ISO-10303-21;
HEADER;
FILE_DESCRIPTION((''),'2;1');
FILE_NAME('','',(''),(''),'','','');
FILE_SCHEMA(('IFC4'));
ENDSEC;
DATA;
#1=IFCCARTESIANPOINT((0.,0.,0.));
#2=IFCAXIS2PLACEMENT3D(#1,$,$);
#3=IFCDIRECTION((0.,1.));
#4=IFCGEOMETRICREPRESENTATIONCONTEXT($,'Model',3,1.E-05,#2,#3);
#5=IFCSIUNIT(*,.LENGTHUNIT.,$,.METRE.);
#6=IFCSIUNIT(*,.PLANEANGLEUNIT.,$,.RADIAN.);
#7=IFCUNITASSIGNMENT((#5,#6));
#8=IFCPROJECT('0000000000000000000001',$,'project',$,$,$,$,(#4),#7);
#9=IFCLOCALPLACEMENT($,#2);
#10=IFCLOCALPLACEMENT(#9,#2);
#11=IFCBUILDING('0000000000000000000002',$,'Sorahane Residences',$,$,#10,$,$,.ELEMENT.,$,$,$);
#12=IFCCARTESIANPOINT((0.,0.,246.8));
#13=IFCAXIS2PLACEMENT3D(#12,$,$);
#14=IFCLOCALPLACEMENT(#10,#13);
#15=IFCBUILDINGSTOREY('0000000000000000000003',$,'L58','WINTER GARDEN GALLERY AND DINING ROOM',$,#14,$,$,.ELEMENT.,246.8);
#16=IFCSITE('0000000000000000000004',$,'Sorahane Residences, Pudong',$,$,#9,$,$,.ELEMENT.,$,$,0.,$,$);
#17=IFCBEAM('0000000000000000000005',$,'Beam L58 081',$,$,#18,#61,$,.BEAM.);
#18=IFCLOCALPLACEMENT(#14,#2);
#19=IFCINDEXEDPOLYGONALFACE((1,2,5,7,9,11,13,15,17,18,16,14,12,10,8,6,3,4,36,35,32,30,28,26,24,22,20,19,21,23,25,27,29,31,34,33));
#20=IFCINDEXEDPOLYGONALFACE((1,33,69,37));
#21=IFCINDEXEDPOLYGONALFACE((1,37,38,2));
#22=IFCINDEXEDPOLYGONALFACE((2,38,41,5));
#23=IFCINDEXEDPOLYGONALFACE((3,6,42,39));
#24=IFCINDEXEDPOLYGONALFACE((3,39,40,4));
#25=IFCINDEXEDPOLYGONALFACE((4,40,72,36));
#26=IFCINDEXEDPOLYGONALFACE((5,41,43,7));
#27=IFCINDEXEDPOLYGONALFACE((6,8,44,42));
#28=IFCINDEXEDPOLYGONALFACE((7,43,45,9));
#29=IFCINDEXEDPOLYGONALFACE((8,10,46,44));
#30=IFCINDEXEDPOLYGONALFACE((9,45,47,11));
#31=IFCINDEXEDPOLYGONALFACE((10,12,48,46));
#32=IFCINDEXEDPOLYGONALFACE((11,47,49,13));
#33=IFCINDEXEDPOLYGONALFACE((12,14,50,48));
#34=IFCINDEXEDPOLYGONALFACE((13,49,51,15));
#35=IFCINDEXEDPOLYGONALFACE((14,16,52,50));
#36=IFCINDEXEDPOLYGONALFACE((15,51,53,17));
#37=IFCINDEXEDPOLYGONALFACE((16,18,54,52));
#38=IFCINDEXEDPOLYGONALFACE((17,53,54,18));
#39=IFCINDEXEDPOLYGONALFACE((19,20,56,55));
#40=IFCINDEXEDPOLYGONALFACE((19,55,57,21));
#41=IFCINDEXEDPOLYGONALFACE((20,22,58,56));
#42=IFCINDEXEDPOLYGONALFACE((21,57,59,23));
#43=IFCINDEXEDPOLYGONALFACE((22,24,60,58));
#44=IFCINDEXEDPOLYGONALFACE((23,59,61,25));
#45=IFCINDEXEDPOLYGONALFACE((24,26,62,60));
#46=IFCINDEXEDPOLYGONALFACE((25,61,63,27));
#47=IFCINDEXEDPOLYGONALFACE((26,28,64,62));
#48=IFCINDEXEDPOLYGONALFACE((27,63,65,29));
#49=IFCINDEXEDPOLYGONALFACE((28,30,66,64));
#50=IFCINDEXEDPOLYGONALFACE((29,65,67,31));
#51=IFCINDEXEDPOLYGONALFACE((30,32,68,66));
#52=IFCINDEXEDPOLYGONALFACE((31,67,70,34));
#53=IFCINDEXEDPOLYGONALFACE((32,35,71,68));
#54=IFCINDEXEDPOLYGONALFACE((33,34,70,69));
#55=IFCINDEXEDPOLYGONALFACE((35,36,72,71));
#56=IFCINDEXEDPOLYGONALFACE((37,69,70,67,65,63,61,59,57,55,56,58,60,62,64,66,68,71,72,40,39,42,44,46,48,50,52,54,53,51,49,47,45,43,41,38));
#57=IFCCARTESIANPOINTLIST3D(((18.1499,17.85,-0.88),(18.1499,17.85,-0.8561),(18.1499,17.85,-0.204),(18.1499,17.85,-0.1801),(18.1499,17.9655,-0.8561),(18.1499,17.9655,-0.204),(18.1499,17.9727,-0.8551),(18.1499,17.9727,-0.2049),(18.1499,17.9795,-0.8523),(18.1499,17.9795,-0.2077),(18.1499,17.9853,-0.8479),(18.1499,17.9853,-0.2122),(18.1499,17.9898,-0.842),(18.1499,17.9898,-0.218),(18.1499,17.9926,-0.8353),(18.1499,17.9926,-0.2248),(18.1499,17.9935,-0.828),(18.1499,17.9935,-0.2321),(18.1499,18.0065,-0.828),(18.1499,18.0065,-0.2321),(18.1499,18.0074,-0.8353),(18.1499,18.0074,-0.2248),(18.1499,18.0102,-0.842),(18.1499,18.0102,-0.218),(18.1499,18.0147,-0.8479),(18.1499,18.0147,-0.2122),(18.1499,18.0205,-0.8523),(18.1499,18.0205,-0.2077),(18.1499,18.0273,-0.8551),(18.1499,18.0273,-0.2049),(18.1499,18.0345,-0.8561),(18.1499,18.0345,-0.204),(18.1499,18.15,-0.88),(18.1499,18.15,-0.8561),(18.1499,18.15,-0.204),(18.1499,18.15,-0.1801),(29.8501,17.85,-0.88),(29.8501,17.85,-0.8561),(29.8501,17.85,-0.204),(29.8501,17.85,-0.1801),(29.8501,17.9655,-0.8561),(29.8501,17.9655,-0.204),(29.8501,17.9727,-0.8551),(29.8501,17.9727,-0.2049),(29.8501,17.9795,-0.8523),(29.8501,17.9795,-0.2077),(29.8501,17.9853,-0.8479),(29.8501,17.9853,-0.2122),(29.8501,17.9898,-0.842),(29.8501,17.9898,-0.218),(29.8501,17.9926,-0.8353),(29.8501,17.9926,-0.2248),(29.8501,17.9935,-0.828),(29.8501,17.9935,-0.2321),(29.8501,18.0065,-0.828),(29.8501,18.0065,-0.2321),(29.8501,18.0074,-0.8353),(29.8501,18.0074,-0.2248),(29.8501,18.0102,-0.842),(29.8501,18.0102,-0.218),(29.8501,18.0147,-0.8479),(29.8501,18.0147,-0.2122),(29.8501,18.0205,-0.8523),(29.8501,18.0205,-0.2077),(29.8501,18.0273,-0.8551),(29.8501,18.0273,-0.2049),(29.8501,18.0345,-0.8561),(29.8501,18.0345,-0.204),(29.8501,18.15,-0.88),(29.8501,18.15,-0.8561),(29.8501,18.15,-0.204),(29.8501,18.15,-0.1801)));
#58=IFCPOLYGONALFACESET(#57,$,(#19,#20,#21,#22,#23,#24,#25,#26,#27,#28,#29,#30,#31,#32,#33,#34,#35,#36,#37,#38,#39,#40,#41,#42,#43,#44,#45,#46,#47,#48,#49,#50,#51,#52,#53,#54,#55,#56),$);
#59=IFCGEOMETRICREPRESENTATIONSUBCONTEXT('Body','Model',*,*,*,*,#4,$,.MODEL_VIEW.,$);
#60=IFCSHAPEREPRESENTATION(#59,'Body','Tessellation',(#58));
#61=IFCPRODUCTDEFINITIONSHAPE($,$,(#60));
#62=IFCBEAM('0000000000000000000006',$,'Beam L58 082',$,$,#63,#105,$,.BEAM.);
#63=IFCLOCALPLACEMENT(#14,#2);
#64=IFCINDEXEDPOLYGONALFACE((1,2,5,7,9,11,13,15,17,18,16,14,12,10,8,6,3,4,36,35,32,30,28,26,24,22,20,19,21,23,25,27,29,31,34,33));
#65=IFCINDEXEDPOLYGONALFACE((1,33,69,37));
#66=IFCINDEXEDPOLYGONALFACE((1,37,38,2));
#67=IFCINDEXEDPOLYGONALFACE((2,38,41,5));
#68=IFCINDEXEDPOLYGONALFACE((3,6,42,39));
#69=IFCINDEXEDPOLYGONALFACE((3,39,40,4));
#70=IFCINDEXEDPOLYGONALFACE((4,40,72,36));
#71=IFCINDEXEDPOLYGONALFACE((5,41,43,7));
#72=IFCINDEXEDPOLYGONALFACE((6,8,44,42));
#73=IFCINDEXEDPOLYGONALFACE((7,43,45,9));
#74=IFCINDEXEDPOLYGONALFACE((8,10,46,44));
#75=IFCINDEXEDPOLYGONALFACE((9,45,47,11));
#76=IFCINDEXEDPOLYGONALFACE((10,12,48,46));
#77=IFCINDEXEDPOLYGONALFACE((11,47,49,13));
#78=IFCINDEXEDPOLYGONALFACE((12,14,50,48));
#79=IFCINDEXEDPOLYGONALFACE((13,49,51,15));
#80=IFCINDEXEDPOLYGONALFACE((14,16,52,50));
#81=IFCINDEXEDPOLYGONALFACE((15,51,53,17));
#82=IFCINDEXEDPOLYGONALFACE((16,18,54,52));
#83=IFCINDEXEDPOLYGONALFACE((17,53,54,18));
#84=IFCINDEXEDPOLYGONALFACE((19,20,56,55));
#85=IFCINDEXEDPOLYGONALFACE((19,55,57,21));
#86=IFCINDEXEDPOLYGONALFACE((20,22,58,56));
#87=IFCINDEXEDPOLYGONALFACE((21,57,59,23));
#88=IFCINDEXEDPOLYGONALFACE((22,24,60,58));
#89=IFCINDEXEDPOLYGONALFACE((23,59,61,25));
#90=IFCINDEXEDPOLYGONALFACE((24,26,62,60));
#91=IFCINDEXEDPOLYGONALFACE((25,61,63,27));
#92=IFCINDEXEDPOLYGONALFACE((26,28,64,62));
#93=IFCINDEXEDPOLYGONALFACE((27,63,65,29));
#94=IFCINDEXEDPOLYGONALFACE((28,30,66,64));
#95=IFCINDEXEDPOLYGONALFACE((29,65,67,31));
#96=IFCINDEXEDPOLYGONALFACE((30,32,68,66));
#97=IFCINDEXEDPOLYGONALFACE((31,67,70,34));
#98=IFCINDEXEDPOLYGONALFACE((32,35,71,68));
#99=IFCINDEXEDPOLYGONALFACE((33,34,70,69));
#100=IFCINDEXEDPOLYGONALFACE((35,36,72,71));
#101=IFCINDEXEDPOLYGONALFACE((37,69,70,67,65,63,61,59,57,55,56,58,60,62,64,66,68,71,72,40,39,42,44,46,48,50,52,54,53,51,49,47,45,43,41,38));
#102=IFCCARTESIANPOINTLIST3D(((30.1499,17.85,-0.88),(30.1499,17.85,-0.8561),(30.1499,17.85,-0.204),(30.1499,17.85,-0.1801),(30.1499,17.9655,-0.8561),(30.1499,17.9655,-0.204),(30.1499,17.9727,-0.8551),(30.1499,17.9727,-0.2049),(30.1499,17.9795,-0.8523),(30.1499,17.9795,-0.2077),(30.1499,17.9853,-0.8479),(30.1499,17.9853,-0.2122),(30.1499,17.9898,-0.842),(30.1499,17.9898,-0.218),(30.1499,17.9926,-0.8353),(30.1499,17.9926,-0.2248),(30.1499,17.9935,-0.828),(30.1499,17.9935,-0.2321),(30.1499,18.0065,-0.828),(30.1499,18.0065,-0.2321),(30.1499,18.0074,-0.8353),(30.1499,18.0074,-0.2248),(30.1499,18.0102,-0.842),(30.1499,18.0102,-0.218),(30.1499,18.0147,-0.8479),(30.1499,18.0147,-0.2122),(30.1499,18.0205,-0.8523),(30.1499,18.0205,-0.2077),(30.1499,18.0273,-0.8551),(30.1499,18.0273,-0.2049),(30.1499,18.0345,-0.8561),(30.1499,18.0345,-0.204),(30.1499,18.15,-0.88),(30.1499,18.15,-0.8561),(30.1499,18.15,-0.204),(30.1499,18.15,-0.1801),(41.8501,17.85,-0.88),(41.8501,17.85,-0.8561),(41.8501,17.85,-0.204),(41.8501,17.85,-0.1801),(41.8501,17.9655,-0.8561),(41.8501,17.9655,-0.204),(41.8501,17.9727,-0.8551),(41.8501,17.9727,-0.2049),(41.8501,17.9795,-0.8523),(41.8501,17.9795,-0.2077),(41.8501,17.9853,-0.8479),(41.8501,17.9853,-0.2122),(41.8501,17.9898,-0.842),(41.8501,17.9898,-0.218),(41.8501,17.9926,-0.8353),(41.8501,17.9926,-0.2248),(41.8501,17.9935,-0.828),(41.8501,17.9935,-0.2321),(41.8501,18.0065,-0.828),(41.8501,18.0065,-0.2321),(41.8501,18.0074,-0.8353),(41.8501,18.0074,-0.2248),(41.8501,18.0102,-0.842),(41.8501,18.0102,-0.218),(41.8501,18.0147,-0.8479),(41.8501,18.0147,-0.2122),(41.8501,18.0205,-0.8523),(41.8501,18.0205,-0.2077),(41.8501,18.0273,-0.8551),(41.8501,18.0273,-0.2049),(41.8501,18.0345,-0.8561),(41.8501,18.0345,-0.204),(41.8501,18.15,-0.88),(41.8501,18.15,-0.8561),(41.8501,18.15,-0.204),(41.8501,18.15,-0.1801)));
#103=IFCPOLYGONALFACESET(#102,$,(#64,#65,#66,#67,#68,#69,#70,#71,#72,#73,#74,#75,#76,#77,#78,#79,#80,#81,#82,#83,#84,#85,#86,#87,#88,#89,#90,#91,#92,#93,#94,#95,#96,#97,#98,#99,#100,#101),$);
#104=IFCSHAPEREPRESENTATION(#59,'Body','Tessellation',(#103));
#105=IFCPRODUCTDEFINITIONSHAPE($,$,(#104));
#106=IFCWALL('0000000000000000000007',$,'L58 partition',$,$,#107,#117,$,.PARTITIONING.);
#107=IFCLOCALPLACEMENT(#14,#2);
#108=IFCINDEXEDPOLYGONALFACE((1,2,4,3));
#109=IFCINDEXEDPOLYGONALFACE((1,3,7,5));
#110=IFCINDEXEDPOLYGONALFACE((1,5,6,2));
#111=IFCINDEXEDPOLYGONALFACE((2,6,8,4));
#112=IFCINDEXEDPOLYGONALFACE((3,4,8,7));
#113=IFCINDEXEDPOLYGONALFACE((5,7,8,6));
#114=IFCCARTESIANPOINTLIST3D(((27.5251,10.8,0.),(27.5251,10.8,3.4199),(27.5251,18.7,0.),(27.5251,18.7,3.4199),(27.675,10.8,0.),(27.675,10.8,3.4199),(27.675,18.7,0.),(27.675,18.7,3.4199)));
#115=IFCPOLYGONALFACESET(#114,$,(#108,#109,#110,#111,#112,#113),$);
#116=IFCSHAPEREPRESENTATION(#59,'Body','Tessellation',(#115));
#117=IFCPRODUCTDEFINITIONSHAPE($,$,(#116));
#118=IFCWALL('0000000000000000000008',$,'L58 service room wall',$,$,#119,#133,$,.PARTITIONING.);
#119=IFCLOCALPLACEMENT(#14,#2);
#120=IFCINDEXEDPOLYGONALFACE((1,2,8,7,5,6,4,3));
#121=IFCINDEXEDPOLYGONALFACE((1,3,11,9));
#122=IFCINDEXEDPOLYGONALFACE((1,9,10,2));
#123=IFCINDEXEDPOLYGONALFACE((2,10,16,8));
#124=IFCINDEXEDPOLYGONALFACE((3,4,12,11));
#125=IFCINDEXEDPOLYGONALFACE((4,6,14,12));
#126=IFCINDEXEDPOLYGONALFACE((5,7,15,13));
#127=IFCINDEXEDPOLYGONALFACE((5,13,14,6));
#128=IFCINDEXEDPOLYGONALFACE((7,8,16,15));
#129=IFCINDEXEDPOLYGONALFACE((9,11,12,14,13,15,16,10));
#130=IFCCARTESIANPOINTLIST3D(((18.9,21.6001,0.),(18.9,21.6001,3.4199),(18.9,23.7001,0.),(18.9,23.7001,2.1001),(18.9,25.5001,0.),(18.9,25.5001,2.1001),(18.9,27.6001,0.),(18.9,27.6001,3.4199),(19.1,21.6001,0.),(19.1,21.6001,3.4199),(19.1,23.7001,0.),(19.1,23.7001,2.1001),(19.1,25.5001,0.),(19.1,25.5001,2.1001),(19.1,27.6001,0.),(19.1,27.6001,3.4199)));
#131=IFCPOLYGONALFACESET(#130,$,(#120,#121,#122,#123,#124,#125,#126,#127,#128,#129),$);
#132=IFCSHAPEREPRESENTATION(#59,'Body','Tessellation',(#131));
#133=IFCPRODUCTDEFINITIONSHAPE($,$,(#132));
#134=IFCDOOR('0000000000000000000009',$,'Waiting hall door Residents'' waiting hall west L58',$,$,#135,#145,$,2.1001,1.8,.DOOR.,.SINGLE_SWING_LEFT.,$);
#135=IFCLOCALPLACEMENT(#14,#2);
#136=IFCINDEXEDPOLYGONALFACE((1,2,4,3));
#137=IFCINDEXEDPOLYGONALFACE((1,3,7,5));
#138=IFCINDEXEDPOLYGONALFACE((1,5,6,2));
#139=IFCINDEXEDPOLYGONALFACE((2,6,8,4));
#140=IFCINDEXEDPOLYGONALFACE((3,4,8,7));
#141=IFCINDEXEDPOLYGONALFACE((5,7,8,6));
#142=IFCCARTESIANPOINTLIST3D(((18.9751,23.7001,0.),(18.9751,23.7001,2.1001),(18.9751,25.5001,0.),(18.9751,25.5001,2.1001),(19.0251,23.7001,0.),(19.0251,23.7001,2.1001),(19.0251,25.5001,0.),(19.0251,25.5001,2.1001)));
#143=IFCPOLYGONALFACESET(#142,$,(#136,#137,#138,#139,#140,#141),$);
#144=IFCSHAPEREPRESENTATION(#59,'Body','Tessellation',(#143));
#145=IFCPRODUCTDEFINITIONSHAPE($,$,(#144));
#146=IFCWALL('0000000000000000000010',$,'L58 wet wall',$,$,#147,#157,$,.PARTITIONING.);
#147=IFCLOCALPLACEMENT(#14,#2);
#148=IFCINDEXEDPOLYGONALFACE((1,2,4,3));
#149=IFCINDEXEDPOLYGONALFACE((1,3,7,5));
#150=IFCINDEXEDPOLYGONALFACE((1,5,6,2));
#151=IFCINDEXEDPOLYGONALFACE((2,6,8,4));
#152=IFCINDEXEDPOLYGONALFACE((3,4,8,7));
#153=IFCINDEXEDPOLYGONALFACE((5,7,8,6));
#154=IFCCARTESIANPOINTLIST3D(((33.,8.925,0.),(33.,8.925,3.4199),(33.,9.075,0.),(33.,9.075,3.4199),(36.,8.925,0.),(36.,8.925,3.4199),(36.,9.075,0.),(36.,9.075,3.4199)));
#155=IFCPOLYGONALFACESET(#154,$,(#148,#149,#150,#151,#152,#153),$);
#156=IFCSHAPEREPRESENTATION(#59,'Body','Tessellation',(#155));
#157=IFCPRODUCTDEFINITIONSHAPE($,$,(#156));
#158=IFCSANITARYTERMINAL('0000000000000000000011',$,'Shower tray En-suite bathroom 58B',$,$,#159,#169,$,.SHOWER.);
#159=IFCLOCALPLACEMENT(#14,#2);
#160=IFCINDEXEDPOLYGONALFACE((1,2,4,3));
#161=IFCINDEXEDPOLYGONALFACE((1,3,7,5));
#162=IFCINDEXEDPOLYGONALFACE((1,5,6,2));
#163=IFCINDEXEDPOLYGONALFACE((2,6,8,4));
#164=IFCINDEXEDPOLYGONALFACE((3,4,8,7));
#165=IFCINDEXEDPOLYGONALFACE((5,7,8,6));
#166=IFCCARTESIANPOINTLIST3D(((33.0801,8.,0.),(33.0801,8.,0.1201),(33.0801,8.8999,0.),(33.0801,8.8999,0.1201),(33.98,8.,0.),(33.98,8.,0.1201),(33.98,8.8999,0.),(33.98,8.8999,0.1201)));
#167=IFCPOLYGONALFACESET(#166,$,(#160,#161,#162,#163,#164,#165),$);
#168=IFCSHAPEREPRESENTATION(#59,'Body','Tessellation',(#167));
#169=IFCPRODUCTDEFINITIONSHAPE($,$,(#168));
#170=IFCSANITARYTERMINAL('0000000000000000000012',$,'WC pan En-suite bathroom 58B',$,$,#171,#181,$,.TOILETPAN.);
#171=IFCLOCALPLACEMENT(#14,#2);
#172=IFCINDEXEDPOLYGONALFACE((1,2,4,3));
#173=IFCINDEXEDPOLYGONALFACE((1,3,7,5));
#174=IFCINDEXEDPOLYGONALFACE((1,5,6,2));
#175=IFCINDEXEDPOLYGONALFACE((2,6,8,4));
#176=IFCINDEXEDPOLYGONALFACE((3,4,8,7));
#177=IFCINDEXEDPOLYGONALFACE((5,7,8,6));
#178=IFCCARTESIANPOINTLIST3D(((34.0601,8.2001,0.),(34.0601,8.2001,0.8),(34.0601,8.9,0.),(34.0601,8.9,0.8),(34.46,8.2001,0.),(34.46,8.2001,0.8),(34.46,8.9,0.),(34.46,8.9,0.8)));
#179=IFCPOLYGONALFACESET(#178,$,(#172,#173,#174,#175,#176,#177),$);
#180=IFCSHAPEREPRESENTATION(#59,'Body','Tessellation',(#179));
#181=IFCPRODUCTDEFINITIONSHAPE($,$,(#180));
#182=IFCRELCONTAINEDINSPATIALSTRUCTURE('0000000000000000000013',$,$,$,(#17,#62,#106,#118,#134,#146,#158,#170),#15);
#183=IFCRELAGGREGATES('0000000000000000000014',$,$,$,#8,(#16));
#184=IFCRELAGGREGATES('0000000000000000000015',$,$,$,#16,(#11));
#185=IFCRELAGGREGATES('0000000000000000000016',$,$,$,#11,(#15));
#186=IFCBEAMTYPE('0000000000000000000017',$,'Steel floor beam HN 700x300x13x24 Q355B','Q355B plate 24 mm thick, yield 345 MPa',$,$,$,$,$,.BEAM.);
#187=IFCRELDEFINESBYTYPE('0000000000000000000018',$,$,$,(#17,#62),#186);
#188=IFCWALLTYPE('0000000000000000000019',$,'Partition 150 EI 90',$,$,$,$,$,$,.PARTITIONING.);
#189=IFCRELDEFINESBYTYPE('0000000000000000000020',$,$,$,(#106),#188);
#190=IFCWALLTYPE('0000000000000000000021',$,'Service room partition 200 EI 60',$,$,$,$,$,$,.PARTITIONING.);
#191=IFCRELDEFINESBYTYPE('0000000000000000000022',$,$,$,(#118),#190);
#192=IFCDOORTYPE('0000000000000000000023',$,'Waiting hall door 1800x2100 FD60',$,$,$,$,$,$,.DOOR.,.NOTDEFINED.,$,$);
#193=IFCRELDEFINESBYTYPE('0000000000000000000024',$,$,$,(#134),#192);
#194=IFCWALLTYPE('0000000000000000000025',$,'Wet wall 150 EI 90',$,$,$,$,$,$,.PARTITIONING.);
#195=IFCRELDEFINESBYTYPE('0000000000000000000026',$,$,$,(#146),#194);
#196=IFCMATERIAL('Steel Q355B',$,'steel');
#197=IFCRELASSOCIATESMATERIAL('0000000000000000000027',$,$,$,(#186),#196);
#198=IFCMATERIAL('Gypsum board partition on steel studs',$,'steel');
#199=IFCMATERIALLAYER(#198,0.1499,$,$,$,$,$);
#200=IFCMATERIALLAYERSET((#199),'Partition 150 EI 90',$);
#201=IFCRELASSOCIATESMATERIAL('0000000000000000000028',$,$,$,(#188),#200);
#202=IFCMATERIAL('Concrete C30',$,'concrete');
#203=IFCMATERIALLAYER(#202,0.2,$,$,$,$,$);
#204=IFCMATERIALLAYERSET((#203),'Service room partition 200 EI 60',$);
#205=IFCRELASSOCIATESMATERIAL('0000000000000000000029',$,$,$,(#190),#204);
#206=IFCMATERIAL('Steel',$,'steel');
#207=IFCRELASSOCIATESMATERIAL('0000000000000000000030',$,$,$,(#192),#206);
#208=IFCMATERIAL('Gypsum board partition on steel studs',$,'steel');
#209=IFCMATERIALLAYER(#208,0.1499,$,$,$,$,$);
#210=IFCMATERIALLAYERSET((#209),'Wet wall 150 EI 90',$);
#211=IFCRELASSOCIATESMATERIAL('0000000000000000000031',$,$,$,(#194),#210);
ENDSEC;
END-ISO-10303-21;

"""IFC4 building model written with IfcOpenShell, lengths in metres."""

from ifc_helpers import new_model, si_unit, direction, frame, frame_2d, origin, origin_2d, place, context, subcontext, project, spatial, rectangle, i_section, extrude, material, layer, layer_set, material_profile, profile_set, type_object, element, fill, save


model = new_model("IFC4")

# Units and contexts
model_context = context("Model", 3, precision=1e-05, world=origin(), true_north=direction((0.0, 1.0)))
body_context = subcontext(model_context, "Body", "Model", "MODEL_VIEW")
ifc_project = project(units=[si_unit("LENGTHUNIT", "METRE"), si_unit("PLANEANGLEUNIT", "RADIAN")], contexts=[model_context])

# Site, building, storey
site_placement = place(None, origin())
site = spatial("IfcSite", under=ifc_project, at=site_placement, Name="Sorahane Residences, Pudong", CompositionType="ELEMENT", RefElevation=0.0)
building_placement = place(site_placement, origin())
building = spatial("IfcBuilding", under=site, at=building_placement, Name="Sorahane Residences", CompositionType="ELEMENT")
storey_placement = place(building_placement, frame((0.0, 0.0, 246.8)))
storey = spatial("IfcBuildingStorey", under=building, at=storey_placement, Name="L58", Description="WINTER GARDEN GALLERY AND DINING ROOM", CompositionType="ELEMENT", Elevation=246.8)

# Beams
ifc_material_1 = material(Name="Steel Q355B", Category="steel")
ifc_material_profile_1 = material_profile(ifc_material_1, i_section(OverallWidth=0.3, OverallDepth=0.7, WebThickness=0.0129, FlangeThickness=0.0239, FilletRadius=0.0281, at=origin_2d()), Name="HN 700x300x13x24")
ifc_profile_set_1 = profile_set([ifc_material_profile_1], Name="Steel Q355B")
beam_type_1 = type_object("IfcBeamType", Name="Steel floor beam HN 700x300x13x24 Q355B", Description="Q355B plate 24 mm thick, yield 345 MPa", PredefinedType="BEAM", material=ifc_profile_set_1)
for number, where, z_axis, x_axis, name in (
    (1, (18.1499, 18.0, -0.53), (1.0, 0.0, 0.0), (0.0, 1.0, 0.0), "Beam L58 081"),
    (2, (30.1499, 18.0, -0.53), (1.0, 0.0, 0.0), (0.0, 1.0, 0.0), "Beam L58 082"),
):
    element("IfcBeam", number, at=place(storey_placement, frame(where, z_axis=z_axis, x_axis=x_axis)), inside=storey, type_object=beam_type_1, Name=name, PredefinedType="BEAM", context=body_context, shape_type="SweptSolid", body=[
        extrude(i_section(OverallWidth=0.3, OverallDepth=0.7, WebThickness=0.0129, FlangeThickness=0.0239, FilletRadius=0.0281, at=origin_2d()), origin(), (0.0, 0.0, 1.0), 11.7002),
    ])

# Wall
ifc_material_2 = material(Name="Gypsum board partition on steel studs", Category="steel")
ifc_layer_1 = layer(ifc_material_2, 0.1499)
ifc_layer_set_1 = layer_set([ifc_layer_1], Name="Partition 150 EI 90")
wall_type_1 = type_object("IfcWallType", Name="Partition 150 EI 90", PredefinedType="PARTITIONING", material=ifc_layer_set_1)
wall_1_placement = place(storey_placement, frame((27.6001, 10.8, 0.0), z_axis=(0.0, 0.0, 1.0), x_axis=(0.0, 1.0, 0.0)))
element("IfcWall", 3, at=wall_1_placement, inside=storey, type_object=wall_type_1, Name="L58 partition", PredefinedType="PARTITIONING", context=body_context, shape_type="SweptSolid", body=[
    extrude(rectangle(XDim=7.8999, YDim=0.1499, at=frame_2d((3.95, 0.0))), origin(), (0.0, 0.0, 1.0), 3.4199),
])

# Wall, opening, door
ifc_material_3 = material(Name="Concrete C30", Category="concrete")
ifc_layer_2 = layer(ifc_material_3, 0.2)
ifc_layer_set_2 = layer_set([ifc_layer_2], Name="Service room partition 200 EI 60")
wall_type_2 = type_object("IfcWallType", Name="Service room partition 200 EI 60", PredefinedType="PARTITIONING", material=ifc_layer_set_2)
wall_2_placement = place(storey_placement, frame((19.0, 21.6001, 0.0), z_axis=(0.0, 0.0, 1.0), x_axis=(0.0, 1.0, 0.0)))
wall_2 = element("IfcWall", 4, at=wall_2_placement, inside=storey, type_object=wall_type_2, Name="L58 service room wall", PredefinedType="PARTITIONING", context=body_context, shape_type="SweptSolid", body=[
    extrude(rectangle(XDim=6.0, YDim=0.2, at=frame_2d((3.0, 0.0))), origin(), (0.0, 0.0, 1.0), 3.4199),
])
opening_placement = place(wall_2_placement, frame((2.1001, 0.0, 0.0)))
opening = element("IfcOpeningElement", 5, at=opening_placement, cuts=wall_2, PredefinedType="OPENING", context=body_context, shape_type="SweptSolid", body=[
    extrude(rectangle(XDim=1.8, YDim=2.1001, at=frame_2d((0.8999, 1.05))), frame((0.0, 0.1099, 0.0), z_axis=(0.0, -1.0, 0.0), x_axis=(1.0, 0.0, 0.0)), (0.0, 0.0, 1.0), 0.22),
])
ifc_material_4 = material(Name="Steel", Category="steel")
door_type = type_object("IfcDoorType", Name="Waiting hall door 1800x2100 FD60", OperationType="NOTDEFINED", PredefinedType="DOOR", material=ifc_material_4)
door_placement = place(opening_placement, origin())
door = element("IfcDoor", 6, at=door_placement, inside=storey, type_object=door_type, Name="Waiting hall door Residents' waiting hall west L58", OperationType="SINGLE_SWING_LEFT", OverallHeight=2.1001, OverallWidth=1.8, PredefinedType="DOOR", context=body_context, shape_type="SweptSolid", body=[
    extrude(rectangle(XDim=1.8, YDim=2.1001, at=frame_2d((0.8999, 1.05))), frame((0.0, 0.0249, 0.0), z_axis=(0.0, -1.0, 0.0), x_axis=(1.0, 0.0, 0.0)), (0.0, 0.0, 1.0), 0.05),
])
fill(opening, door)

# Wall
ifc_material_5 = material(Name="Gypsum board partition on steel studs", Category="steel")
ifc_layer_3 = layer(ifc_material_5, 0.1499)
ifc_layer_set_3 = layer_set([ifc_layer_3], Name="Wet wall 150 EI 90")
wall_type_3 = type_object("IfcWallType", Name="Wet wall 150 EI 90", PredefinedType="PARTITIONING", material=ifc_layer_set_3)
wall_3_placement = place(storey_placement, frame((33.0, 9.0, 0.0), z_axis=(0.0, 0.0, 1.0), x_axis=(1.0, 0.0, 0.0)))
element("IfcWall", 7, at=wall_3_placement, inside=storey, type_object=wall_type_3, Name="L58 wet wall", PredefinedType="PARTITIONING", context=body_context, shape_type="SweptSolid", body=[
    extrude(rectangle(XDim=3.0, YDim=0.1499, at=frame_2d((1.5, 0.0))), origin(), (0.0, 0.0, 1.0), 3.4199),
])

# Sanitary terminals
sanitary_terminal_1_placement = place(storey_placement, frame((33.53, 8.45, 0.0), z_axis=(0.0, 0.0, 1.0), x_axis=(1.0, 0.0, 0.0)))
element("IfcSanitaryTerminal", 8, at=sanitary_terminal_1_placement, inside=storey, Name="Shower tray En-suite bathroom 58B", PredefinedType="SHOWER", context=body_context, shape_type="SweptSolid", body=[
    extrude(rectangle(XDim=0.8999, YDim=0.8999, at=origin_2d()), origin(), (0.0, 0.0, 1.0), 0.1201),
])
sanitary_terminal_2_placement = place(storey_placement, frame((34.26, 8.55, 0.0), z_axis=(0.0, 0.0, 1.0), x_axis=(1.0, 0.0, 0.0)))
element("IfcSanitaryTerminal", 9, at=sanitary_terminal_2_placement, inside=storey, Name="WC pan En-suite bathroom 58B", PredefinedType="TOILETPAN", context=body_context, shape_type="SweptSolid", body=[
    extrude(rectangle(XDim=0.3999, YDim=0.7, at=origin_2d()), origin(), (0.0, 0.0, 1.0), 0.8),
])

save(model, "model.ifc")
